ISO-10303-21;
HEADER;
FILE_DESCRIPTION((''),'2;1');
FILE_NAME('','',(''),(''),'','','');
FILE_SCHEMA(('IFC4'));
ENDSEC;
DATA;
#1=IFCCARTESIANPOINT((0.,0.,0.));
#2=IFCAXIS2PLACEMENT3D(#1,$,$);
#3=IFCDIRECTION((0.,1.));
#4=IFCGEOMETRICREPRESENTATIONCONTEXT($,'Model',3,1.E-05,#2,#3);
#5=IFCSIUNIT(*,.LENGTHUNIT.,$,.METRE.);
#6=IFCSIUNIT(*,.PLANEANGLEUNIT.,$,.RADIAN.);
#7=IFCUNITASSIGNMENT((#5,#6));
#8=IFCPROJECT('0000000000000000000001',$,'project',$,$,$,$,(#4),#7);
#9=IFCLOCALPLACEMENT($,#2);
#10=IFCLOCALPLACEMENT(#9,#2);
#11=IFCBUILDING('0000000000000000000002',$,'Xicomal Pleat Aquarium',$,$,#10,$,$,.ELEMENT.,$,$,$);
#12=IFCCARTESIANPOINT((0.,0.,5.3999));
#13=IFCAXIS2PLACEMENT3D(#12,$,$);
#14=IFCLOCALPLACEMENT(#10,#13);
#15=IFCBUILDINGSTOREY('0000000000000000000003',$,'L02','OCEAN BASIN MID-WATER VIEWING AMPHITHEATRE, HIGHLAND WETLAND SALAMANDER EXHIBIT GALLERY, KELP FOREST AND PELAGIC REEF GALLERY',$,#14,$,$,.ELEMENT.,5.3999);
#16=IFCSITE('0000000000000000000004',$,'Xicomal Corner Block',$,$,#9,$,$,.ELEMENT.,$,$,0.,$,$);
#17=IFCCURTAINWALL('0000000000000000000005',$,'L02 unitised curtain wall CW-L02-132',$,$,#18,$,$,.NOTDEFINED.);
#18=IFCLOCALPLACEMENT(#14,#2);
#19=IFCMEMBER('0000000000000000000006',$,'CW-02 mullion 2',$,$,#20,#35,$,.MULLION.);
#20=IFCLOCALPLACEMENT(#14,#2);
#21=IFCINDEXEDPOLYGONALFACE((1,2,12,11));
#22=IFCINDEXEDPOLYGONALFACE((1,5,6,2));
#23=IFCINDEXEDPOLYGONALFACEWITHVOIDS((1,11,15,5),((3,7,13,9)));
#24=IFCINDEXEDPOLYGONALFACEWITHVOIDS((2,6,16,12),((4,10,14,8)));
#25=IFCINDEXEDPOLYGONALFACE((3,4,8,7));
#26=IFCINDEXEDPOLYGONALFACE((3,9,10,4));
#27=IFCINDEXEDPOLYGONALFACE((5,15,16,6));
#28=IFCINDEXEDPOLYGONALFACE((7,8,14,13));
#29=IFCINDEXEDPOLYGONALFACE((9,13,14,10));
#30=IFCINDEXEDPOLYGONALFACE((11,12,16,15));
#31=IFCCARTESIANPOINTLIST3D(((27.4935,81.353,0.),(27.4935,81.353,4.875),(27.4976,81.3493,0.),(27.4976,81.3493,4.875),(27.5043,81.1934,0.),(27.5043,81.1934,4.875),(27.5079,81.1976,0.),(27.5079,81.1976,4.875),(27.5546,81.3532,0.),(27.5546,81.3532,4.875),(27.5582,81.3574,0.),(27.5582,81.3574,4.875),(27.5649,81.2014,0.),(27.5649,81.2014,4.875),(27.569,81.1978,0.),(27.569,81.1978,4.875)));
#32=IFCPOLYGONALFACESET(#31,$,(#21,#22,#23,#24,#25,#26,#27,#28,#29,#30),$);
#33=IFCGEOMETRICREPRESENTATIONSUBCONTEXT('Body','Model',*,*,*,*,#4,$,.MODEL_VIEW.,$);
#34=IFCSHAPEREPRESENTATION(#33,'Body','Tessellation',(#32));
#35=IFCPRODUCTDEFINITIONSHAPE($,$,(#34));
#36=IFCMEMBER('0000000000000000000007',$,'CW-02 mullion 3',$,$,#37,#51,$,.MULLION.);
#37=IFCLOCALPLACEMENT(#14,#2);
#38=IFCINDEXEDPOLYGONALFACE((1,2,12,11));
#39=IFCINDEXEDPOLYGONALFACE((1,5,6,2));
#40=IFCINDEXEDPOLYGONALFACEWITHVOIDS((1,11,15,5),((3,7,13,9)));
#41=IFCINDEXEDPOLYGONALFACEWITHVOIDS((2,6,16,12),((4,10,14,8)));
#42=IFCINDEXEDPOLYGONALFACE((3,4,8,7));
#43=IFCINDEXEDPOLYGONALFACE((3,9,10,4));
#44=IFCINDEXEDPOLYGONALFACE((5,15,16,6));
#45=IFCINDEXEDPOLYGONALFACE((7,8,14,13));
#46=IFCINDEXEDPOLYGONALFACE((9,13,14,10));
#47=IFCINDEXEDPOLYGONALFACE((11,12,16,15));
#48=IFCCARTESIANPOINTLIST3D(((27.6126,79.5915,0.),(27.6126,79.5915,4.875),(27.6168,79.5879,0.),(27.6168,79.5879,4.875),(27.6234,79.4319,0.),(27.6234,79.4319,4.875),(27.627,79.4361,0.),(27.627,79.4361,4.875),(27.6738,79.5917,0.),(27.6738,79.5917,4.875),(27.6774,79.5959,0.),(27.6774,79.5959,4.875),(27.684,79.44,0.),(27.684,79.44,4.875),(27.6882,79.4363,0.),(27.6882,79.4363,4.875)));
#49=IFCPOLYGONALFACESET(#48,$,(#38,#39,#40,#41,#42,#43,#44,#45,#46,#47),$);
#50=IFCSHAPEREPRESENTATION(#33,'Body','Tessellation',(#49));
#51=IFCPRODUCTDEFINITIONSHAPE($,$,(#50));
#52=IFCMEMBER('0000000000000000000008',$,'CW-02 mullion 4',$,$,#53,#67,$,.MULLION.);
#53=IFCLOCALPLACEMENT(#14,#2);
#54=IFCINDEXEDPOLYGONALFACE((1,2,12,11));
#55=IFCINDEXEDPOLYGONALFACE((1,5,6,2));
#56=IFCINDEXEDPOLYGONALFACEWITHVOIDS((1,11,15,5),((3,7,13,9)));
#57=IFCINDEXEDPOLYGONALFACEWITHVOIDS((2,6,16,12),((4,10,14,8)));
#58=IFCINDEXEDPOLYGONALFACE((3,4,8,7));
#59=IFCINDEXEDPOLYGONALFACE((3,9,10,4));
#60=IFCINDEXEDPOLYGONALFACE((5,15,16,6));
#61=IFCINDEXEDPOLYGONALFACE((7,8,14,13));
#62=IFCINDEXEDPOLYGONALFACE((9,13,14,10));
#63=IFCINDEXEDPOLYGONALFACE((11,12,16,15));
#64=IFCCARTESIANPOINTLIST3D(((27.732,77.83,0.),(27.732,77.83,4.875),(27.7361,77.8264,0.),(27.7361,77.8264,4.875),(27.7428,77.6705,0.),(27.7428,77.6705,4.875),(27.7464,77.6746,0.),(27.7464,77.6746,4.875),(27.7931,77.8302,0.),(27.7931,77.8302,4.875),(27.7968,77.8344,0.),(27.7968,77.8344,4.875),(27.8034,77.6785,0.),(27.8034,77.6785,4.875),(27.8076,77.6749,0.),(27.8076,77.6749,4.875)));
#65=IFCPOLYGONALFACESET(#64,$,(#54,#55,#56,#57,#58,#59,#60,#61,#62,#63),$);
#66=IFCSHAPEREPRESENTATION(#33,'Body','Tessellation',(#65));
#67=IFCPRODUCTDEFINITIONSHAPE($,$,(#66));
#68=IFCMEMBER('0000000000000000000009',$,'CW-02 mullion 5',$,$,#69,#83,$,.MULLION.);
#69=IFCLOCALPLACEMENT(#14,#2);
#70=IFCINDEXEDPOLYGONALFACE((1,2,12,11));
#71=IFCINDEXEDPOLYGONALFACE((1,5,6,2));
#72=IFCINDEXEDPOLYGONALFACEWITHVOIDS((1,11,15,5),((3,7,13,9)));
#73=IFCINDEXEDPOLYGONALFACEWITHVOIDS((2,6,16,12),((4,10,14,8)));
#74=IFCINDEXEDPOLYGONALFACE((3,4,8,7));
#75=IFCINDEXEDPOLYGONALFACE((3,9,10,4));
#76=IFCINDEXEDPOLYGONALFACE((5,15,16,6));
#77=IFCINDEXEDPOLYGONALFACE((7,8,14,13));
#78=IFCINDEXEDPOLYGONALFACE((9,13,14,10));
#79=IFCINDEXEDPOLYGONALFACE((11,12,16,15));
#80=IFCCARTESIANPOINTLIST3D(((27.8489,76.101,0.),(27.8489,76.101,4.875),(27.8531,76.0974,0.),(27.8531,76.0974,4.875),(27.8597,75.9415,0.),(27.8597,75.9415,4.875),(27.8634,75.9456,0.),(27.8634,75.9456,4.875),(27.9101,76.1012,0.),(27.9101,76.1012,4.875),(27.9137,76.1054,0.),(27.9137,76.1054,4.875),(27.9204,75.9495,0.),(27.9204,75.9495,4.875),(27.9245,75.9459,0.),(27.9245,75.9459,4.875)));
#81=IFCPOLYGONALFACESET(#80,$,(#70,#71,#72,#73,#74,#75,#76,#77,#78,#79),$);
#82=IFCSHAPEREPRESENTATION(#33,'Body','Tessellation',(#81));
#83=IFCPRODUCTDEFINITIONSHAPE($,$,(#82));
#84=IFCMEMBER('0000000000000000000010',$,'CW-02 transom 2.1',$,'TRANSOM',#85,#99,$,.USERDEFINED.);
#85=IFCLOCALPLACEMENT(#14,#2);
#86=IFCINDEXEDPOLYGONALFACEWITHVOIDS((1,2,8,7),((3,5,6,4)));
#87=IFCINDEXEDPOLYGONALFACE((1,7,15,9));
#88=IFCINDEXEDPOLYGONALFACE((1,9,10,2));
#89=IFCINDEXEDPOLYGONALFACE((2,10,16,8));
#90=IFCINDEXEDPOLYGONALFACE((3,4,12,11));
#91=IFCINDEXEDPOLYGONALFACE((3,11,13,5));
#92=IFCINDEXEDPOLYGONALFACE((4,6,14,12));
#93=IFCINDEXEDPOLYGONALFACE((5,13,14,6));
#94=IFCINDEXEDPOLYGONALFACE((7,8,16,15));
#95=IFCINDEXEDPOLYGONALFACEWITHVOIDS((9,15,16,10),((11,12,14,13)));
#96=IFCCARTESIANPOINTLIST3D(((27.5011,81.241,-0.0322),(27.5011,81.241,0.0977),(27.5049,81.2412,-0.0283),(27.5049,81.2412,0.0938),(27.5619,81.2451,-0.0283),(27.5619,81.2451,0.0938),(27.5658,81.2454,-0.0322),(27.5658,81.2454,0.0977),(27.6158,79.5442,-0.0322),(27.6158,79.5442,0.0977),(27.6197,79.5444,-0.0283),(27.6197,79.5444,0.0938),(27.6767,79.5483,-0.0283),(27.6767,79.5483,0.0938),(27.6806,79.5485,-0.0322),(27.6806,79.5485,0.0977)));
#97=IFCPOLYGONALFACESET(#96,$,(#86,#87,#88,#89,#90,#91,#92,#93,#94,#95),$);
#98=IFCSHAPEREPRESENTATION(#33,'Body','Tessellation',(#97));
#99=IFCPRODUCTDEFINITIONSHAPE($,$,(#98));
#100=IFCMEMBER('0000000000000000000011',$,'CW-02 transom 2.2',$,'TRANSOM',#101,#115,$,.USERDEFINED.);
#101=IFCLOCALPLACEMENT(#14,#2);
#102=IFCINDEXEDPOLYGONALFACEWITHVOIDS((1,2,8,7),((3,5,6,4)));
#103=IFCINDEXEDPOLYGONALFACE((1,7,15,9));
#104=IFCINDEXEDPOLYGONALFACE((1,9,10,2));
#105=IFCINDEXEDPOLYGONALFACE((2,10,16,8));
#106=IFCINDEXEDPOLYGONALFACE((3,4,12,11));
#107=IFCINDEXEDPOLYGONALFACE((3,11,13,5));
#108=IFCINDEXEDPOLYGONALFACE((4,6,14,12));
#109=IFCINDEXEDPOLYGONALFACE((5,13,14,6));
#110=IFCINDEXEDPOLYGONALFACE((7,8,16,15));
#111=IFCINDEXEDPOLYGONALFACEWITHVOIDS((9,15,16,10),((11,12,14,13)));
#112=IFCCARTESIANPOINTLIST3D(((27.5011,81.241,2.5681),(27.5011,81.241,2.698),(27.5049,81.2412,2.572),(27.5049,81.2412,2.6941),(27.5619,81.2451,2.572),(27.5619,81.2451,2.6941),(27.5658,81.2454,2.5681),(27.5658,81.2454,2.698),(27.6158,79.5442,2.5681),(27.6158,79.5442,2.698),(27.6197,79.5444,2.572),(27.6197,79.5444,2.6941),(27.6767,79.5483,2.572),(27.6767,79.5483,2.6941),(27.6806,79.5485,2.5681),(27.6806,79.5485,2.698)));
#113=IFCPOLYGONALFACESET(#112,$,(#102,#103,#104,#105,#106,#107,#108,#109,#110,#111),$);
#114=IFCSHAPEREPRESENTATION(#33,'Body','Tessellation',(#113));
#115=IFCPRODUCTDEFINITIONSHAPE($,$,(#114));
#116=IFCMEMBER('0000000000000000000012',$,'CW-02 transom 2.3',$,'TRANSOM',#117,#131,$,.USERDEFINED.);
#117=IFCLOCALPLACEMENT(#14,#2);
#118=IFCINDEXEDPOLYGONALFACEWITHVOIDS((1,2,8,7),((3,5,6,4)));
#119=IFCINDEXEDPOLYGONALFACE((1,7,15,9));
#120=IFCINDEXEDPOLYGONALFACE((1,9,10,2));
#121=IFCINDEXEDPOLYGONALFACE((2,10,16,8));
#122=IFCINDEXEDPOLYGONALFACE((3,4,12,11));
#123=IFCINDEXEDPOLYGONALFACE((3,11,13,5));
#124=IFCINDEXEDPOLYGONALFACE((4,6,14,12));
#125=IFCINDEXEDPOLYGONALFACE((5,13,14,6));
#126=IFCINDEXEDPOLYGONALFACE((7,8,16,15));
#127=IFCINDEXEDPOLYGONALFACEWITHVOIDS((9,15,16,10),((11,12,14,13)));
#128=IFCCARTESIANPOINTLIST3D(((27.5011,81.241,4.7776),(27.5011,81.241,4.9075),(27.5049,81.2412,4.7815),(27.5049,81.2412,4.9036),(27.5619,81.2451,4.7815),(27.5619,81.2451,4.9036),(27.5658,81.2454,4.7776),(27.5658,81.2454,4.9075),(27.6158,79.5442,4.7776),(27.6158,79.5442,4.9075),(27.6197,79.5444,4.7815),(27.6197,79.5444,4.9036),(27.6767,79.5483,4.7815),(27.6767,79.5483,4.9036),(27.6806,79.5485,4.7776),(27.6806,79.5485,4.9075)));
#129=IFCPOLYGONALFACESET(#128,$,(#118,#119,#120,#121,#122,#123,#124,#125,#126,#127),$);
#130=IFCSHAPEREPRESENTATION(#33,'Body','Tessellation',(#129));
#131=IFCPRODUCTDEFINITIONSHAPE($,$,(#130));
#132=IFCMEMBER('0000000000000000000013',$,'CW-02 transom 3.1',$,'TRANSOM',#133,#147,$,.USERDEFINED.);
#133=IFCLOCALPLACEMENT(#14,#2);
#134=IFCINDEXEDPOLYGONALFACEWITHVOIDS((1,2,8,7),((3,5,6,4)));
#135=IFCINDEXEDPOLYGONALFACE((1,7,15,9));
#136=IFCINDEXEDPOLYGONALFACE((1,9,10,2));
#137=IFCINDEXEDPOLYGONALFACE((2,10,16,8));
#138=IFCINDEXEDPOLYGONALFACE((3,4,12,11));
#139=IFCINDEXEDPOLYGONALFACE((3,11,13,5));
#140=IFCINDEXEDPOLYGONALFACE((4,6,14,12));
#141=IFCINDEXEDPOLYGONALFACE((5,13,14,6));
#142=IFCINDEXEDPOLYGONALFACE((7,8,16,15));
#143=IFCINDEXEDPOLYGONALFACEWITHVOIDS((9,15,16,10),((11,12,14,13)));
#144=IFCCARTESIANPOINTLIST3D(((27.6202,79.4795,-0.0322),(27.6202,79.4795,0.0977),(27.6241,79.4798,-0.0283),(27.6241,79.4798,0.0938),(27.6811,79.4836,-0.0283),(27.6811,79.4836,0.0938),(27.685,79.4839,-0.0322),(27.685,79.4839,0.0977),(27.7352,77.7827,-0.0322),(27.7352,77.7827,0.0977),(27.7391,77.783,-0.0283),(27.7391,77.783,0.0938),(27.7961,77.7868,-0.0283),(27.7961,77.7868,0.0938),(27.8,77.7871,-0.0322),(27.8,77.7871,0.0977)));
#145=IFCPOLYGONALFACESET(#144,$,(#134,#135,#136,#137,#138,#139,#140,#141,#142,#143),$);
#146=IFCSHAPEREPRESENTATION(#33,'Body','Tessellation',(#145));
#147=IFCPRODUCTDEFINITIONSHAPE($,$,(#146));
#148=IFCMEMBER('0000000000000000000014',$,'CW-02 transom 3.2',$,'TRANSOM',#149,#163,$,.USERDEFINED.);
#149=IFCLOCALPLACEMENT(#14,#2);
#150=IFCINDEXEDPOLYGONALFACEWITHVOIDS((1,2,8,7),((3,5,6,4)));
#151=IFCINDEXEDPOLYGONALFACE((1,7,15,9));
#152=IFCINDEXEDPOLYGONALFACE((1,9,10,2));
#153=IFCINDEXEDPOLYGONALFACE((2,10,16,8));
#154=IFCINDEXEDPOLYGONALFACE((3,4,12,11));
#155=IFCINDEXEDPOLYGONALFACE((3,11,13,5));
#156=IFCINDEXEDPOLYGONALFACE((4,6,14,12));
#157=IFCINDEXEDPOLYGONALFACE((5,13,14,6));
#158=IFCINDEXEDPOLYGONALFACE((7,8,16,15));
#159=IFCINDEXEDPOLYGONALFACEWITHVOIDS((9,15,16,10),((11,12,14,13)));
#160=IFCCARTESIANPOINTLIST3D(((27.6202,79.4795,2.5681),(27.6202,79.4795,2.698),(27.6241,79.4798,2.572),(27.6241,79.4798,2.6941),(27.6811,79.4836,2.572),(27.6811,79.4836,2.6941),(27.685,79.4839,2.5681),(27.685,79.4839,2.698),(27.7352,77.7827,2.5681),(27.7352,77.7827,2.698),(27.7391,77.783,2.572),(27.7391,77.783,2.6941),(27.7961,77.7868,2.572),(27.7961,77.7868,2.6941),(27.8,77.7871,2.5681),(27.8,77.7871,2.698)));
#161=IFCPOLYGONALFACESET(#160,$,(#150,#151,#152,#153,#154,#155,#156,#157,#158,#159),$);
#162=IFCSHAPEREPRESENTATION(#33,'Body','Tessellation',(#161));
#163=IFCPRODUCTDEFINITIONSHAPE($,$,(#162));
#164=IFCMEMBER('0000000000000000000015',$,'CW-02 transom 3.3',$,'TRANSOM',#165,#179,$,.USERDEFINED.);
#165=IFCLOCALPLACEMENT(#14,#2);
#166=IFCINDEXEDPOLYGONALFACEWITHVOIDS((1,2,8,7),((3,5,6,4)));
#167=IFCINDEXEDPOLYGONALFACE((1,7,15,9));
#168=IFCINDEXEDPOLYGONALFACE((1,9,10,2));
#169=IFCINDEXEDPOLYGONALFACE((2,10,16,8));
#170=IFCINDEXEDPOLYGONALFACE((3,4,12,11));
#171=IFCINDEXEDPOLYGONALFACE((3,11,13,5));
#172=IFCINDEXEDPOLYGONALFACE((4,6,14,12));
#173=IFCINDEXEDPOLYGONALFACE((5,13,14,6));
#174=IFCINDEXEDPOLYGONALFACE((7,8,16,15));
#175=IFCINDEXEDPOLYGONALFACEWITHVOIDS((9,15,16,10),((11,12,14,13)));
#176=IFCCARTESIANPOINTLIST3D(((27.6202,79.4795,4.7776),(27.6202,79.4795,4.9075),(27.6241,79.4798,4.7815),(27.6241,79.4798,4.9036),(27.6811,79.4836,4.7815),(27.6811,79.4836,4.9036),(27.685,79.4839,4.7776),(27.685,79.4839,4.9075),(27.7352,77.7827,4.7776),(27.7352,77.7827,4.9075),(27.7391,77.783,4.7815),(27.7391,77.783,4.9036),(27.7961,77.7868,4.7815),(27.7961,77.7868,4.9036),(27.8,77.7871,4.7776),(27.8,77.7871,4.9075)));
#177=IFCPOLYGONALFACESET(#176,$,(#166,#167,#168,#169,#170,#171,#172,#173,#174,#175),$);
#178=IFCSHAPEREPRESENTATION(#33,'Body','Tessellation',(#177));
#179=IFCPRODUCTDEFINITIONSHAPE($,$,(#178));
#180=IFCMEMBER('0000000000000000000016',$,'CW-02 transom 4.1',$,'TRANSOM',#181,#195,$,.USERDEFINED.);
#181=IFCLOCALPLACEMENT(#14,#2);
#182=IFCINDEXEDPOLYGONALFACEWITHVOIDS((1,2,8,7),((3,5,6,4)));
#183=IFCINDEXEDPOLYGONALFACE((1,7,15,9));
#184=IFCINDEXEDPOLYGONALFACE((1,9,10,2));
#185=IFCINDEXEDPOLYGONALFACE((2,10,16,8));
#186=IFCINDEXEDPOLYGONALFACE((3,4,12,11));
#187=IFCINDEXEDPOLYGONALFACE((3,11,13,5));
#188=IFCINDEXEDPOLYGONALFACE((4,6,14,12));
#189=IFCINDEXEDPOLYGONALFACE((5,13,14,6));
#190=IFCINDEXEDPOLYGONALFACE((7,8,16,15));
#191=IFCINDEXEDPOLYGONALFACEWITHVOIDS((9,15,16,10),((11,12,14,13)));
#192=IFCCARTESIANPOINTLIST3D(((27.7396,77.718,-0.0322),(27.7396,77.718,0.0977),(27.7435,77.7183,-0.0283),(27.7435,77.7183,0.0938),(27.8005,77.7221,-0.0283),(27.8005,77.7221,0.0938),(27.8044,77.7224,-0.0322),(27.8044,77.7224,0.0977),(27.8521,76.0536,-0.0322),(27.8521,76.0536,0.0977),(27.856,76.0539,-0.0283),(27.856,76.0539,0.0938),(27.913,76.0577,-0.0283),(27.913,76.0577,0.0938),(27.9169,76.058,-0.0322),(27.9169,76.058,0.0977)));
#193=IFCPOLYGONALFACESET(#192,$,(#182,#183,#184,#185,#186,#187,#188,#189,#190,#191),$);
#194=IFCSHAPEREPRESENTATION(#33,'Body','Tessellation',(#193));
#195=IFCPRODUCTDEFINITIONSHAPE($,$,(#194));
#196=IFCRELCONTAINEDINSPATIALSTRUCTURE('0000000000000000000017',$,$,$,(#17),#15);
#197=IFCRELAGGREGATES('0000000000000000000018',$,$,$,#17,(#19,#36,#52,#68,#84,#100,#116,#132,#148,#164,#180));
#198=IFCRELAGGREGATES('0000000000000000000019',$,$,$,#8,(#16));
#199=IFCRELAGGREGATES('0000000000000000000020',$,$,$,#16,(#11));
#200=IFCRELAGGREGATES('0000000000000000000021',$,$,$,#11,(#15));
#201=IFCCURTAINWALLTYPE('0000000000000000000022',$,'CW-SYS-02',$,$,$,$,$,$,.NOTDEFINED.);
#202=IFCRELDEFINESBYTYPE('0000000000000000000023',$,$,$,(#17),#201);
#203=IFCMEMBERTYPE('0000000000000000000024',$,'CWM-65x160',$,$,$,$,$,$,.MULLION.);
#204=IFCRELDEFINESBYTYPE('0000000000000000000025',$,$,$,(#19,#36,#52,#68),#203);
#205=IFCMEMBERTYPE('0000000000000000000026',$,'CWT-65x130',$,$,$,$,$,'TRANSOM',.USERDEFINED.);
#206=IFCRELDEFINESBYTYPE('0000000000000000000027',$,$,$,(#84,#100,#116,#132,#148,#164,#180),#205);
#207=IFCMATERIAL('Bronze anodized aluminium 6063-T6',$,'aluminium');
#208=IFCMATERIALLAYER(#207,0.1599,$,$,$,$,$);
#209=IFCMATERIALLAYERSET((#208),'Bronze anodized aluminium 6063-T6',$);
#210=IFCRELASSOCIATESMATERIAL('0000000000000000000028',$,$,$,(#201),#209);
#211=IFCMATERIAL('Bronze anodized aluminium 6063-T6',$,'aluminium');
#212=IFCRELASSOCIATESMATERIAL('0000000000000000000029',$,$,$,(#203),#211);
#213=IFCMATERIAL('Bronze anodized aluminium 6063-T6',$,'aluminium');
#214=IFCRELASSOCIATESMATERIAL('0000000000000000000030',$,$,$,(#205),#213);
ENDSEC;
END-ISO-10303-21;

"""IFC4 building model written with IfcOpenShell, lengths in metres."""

from ifc_helpers import new_model, si_unit, direction, frame, origin, origin_2d, place, context, subcontext, project, spatial, hollow_rectangle, extrude, material, layer, layer_set, material_profile, profile_set, type_object, element, aggregate, save


model = new_model("IFC4")

# Units and contexts
model_context = context("Model", 3, precision=1e-05, world=origin(), true_north=direction((0.0, 1.0)))
body_context = subcontext(model_context, "Body", "Model", "MODEL_VIEW")
ifc_project = project(units=[si_unit("LENGTHUNIT", "METRE"), si_unit("PLANEANGLEUNIT", "RADIAN")], contexts=[model_context])

# Site, building, storey
site_placement = place(None, origin())
site = spatial("IfcSite", under=ifc_project, at=site_placement, Name="Xicomal Corner Block", CompositionType="ELEMENT", RefElevation=0.0)
building_placement = place(site_placement, origin())
building = spatial("IfcBuilding", under=site, at=building_placement, Name="Xicomal Pleat Aquarium", CompositionType="ELEMENT")
storey_placement = place(building_placement, frame((0.0, 0.0, 5.3999)))
storey = spatial("IfcBuildingStorey", under=building, at=storey_placement, Name="L02", Description="OCEAN BASIN MID-WATER VIEWING AMPHITHEATRE, HIGHLAND WETLAND SALAMANDER EXHIBIT GALLERY, KELP FOREST AND PELAGIC REEF GALLERY", CompositionType="ELEMENT", Elevation=5.3999)

# Curtain wall, members
ifc_material_1 = material(Name="Bronze anodized aluminium 6063-T6", Category="aluminium")
ifc_layer_1 = layer(ifc_material_1, 0.1599)
ifc_layer_set_1 = layer_set([ifc_layer_1], Name="Bronze anodized aluminium 6063-T6")
curtain_wall_type_1 = type_object("IfcCurtainWallType", Name="CW-SYS-02", PredefinedType="NOTDEFINED", material=ifc_layer_set_1)
curtain_wall_1_placement = place(storey_placement, origin())
curtain_wall_1 = element("IfcCurtainWall", 1, at=curtain_wall_1_placement, inside=storey, type_object=curtain_wall_type_1, Name="L02 unitised curtain wall CW-L02-132", PredefinedType="NOTDEFINED")
ifc_material_2 = material(Name="Bronze anodized aluminium 6063-T6", Category="aluminium")
ifc_material_profile_1 = material_profile(ifc_material_2, hollow_rectangle(XDim=0.0649, YDim=0.1599, WallThickness=0.0039, at=origin_2d()), Name="ALU MULL 65x160")
ifc_profile_set_1 = profile_set([ifc_material_profile_1], Name="Bronze anodized aluminium 6063-T6")
member_type_1 = type_object("IfcMemberType", Name="CWM-65x160", PredefinedType="MULLION", material=ifc_profile_set_1)
member_1_placement = place(storey_placement, frame((27.5312, 81.2754, 0.0), z_axis=(0.0, 0.0, 1.0), x_axis=(0.997716, 0.067543, 0.0)))
member_1 = element("IfcMember", 2, at=member_1_placement, type_object=member_type_1, Name="CW-02 mullion 2", PredefinedType="MULLION", context=body_context, shape_type="SweptSolid", body=[
    extrude(hollow_rectangle(XDim=0.0649, YDim=0.1599, WallThickness=0.0039, at=origin_2d()), origin(), (0.0, 0.0, 1.0), 4.875),
])
member_2_placement = place(storey_placement, frame((27.6504, 79.5139, 0.0), z_axis=(0.0, 0.0, 1.0), x_axis=(0.997716, 0.067543, 0.0)))
member_2 = element("IfcMember", 3, at=member_2_placement, type_object=member_type_1, Name="CW-02 mullion 3", PredefinedType="MULLION", context=body_context, shape_type="SweptSolid", body=[
    extrude(hollow_rectangle(XDim=0.0649, YDim=0.1599, WallThickness=0.0039, at=origin_2d()), origin(), (0.0, 0.0, 1.0), 4.875),
])
member_3_placement = place(storey_placement, frame((27.7698, 77.7524, 0.0), z_axis=(0.0, 0.0, 1.0), x_axis=(0.997716, 0.067543, 0.0)))
member_3 = element("IfcMember", 4, at=member_3_placement, type_object=member_type_1, Name="CW-02 mullion 4", PredefinedType="MULLION", context=body_context, shape_type="SweptSolid", body=[
    extrude(hollow_rectangle(XDim=0.0649, YDim=0.1599, WallThickness=0.0039, at=origin_2d()), origin(), (0.0, 0.0, 1.0), 4.875),
])
member_4_placement = place(storey_placement, frame((27.8867, 76.0234, 0.0), z_axis=(0.0, 0.0, 1.0), x_axis=(0.997716, 0.067543, 0.0)))
member_4 = element("IfcMember", 5, at=member_4_placement, type_object=member_type_1, Name="CW-02 mullion 5", PredefinedType="MULLION", context=body_context, shape_type="SweptSolid", body=[
    extrude(hollow_rectangle(XDim=0.0649, YDim=0.1599, WallThickness=0.0039, at=origin_2d()), origin(), (0.0, 0.0, 1.0), 4.875),
])
ifc_material_3 = material(Name="Bronze anodized aluminium 6063-T6", Category="aluminium")
ifc_material_profile_2 = material_profile(ifc_material_3, hollow_rectangle(XDim=0.0649, YDim=0.1299, WallThickness=0.0039, at=origin_2d()), Name="ALU TRAN 65x130")
ifc_profile_set_2 = profile_set([ifc_material_profile_2], Name="Bronze anodized aluminium 6063-T6")
member_type_2 = type_object("IfcMemberType", Name="CWT-65x130", ElementType="TRANSOM", PredefinedType="USERDEFINED", material=ifc_profile_set_2)
member_5_placement = place(storey_placement, frame((27.5334, 81.2432, 0.0327), z_axis=(0.067472, -0.997721, 0.0), x_axis=(0.997721, 0.067472, 0.0)))
member_5 = element("IfcMember", 6, at=member_5_placement, type_object=member_type_2, Name="CW-02 transom 2.1", ObjectType="TRANSOM", PredefinedType="USERDEFINED", context=body_context, shape_type="SweptSolid", body=[
    extrude(hollow_rectangle(XDim=0.0649, YDim=0.1299, WallThickness=0.0039, at=origin_2d()), origin(), (0.0, 0.0, 1.0), 1.7007),
])
member_6_placement = place(storey_placement, frame((27.5334, 81.2432, 2.6331), z_axis=(0.067472, -0.997721, 0.0), x_axis=(0.997721, 0.067472, 0.0)))
member_6 = element("IfcMember", 7, at=member_6_placement, type_object=member_type_2, Name="CW-02 transom 2.2", ObjectType="TRANSOM", PredefinedType="USERDEFINED", context=body_context, shape_type="SweptSolid", body=[
    extrude(hollow_rectangle(XDim=0.0649, YDim=0.1299, WallThickness=0.0039, at=origin_2d()), origin(), (0.0, 0.0, 1.0), 1.7007),
])
member_7_placement = place(storey_placement, frame((27.5334, 81.2432, 4.8425), z_axis=(0.067472, -0.997721, 0.0), x_axis=(0.997721, 0.067472, 0.0)))
member_7 = element("IfcMember", 8, at=member_7_placement, type_object=member_type_2, Name="CW-02 transom 2.3", ObjectType="TRANSOM", PredefinedType="USERDEFINED", context=body_context, shape_type="SweptSolid", body=[
    extrude(hollow_rectangle(XDim=0.0649, YDim=0.1299, WallThickness=0.0039, at=origin_2d()), origin(), (0.0, 0.0, 1.0), 1.7007),
])
member_8_placement = place(storey_placement, frame((27.6526, 79.4817, 0.0327), z_axis=(0.067615, -0.997712, 0.0), x_axis=(0.997712, 0.067615, 0.0)))
member_8 = element("IfcMember", 9, at=member_8_placement, type_object=member_type_2, Name="CW-02 transom 3.1", ObjectType="TRANSOM", PredefinedType="USERDEFINED", context=body_context, shape_type="SweptSolid", body=[
    extrude(hollow_rectangle(XDim=0.0649, YDim=0.1299, WallThickness=0.0039, at=origin_2d()), origin(), (0.0, 0.0, 1.0), 1.7007),
])
member_9_placement = place(storey_placement, frame((27.6526, 79.4817, 2.6331), z_axis=(0.067615, -0.997712, 0.0), x_axis=(0.997712, 0.067615, 0.0)))
member_9 = element("IfcMember", 10, at=member_9_placement, type_object=member_type_2, Name="CW-02 transom 3.2", ObjectType="TRANSOM", PredefinedType="USERDEFINED", context=body_context, shape_type="SweptSolid", body=[
    extrude(hollow_rectangle(XDim=0.0649, YDim=0.1299, WallThickness=0.0039, at=origin_2d()), origin(), (0.0, 0.0, 1.0), 1.7007),
])
member_10_placement = place(storey_placement, frame((27.6526, 79.4817, 4.8425), z_axis=(0.067615, -0.997712, 0.0), x_axis=(0.997712, 0.067615, 0.0)))
member_10 = element("IfcMember", 11, at=member_10_placement, type_object=member_type_2, Name="CW-02 transom 3.3", ObjectType="TRANSOM", PredefinedType="USERDEFINED", context=body_context, shape_type="SweptSolid", body=[
    extrude(hollow_rectangle(XDim=0.0649, YDim=0.1299, WallThickness=0.0039, at=origin_2d()), origin(), (0.0, 0.0, 1.0), 1.7007),
])
member_11_placement = place(storey_placement, frame((27.772, 77.7202, 0.0327), z_axis=(0.067471, -0.997721, 0.0), x_axis=(0.997721, 0.067471, 0.0)))
member_11 = element("IfcMember", 12, at=member_11_placement, type_object=member_type_2, Name="CW-02 transom 4.1", ObjectType="TRANSOM", PredefinedType="USERDEFINED", context=body_context, shape_type="SweptSolid", body=[
    extrude(hollow_rectangle(XDim=0.0649, YDim=0.1299, WallThickness=0.0039, at=origin_2d()), origin(), (0.0, 0.0, 1.0), 1.6682),
])

aggregate(curtain_wall_1, [member_1, member_2, member_3, member_4, member_5, member_6, member_7, member_8, member_9, member_10, member_11])

save(model, "model.ifc")
